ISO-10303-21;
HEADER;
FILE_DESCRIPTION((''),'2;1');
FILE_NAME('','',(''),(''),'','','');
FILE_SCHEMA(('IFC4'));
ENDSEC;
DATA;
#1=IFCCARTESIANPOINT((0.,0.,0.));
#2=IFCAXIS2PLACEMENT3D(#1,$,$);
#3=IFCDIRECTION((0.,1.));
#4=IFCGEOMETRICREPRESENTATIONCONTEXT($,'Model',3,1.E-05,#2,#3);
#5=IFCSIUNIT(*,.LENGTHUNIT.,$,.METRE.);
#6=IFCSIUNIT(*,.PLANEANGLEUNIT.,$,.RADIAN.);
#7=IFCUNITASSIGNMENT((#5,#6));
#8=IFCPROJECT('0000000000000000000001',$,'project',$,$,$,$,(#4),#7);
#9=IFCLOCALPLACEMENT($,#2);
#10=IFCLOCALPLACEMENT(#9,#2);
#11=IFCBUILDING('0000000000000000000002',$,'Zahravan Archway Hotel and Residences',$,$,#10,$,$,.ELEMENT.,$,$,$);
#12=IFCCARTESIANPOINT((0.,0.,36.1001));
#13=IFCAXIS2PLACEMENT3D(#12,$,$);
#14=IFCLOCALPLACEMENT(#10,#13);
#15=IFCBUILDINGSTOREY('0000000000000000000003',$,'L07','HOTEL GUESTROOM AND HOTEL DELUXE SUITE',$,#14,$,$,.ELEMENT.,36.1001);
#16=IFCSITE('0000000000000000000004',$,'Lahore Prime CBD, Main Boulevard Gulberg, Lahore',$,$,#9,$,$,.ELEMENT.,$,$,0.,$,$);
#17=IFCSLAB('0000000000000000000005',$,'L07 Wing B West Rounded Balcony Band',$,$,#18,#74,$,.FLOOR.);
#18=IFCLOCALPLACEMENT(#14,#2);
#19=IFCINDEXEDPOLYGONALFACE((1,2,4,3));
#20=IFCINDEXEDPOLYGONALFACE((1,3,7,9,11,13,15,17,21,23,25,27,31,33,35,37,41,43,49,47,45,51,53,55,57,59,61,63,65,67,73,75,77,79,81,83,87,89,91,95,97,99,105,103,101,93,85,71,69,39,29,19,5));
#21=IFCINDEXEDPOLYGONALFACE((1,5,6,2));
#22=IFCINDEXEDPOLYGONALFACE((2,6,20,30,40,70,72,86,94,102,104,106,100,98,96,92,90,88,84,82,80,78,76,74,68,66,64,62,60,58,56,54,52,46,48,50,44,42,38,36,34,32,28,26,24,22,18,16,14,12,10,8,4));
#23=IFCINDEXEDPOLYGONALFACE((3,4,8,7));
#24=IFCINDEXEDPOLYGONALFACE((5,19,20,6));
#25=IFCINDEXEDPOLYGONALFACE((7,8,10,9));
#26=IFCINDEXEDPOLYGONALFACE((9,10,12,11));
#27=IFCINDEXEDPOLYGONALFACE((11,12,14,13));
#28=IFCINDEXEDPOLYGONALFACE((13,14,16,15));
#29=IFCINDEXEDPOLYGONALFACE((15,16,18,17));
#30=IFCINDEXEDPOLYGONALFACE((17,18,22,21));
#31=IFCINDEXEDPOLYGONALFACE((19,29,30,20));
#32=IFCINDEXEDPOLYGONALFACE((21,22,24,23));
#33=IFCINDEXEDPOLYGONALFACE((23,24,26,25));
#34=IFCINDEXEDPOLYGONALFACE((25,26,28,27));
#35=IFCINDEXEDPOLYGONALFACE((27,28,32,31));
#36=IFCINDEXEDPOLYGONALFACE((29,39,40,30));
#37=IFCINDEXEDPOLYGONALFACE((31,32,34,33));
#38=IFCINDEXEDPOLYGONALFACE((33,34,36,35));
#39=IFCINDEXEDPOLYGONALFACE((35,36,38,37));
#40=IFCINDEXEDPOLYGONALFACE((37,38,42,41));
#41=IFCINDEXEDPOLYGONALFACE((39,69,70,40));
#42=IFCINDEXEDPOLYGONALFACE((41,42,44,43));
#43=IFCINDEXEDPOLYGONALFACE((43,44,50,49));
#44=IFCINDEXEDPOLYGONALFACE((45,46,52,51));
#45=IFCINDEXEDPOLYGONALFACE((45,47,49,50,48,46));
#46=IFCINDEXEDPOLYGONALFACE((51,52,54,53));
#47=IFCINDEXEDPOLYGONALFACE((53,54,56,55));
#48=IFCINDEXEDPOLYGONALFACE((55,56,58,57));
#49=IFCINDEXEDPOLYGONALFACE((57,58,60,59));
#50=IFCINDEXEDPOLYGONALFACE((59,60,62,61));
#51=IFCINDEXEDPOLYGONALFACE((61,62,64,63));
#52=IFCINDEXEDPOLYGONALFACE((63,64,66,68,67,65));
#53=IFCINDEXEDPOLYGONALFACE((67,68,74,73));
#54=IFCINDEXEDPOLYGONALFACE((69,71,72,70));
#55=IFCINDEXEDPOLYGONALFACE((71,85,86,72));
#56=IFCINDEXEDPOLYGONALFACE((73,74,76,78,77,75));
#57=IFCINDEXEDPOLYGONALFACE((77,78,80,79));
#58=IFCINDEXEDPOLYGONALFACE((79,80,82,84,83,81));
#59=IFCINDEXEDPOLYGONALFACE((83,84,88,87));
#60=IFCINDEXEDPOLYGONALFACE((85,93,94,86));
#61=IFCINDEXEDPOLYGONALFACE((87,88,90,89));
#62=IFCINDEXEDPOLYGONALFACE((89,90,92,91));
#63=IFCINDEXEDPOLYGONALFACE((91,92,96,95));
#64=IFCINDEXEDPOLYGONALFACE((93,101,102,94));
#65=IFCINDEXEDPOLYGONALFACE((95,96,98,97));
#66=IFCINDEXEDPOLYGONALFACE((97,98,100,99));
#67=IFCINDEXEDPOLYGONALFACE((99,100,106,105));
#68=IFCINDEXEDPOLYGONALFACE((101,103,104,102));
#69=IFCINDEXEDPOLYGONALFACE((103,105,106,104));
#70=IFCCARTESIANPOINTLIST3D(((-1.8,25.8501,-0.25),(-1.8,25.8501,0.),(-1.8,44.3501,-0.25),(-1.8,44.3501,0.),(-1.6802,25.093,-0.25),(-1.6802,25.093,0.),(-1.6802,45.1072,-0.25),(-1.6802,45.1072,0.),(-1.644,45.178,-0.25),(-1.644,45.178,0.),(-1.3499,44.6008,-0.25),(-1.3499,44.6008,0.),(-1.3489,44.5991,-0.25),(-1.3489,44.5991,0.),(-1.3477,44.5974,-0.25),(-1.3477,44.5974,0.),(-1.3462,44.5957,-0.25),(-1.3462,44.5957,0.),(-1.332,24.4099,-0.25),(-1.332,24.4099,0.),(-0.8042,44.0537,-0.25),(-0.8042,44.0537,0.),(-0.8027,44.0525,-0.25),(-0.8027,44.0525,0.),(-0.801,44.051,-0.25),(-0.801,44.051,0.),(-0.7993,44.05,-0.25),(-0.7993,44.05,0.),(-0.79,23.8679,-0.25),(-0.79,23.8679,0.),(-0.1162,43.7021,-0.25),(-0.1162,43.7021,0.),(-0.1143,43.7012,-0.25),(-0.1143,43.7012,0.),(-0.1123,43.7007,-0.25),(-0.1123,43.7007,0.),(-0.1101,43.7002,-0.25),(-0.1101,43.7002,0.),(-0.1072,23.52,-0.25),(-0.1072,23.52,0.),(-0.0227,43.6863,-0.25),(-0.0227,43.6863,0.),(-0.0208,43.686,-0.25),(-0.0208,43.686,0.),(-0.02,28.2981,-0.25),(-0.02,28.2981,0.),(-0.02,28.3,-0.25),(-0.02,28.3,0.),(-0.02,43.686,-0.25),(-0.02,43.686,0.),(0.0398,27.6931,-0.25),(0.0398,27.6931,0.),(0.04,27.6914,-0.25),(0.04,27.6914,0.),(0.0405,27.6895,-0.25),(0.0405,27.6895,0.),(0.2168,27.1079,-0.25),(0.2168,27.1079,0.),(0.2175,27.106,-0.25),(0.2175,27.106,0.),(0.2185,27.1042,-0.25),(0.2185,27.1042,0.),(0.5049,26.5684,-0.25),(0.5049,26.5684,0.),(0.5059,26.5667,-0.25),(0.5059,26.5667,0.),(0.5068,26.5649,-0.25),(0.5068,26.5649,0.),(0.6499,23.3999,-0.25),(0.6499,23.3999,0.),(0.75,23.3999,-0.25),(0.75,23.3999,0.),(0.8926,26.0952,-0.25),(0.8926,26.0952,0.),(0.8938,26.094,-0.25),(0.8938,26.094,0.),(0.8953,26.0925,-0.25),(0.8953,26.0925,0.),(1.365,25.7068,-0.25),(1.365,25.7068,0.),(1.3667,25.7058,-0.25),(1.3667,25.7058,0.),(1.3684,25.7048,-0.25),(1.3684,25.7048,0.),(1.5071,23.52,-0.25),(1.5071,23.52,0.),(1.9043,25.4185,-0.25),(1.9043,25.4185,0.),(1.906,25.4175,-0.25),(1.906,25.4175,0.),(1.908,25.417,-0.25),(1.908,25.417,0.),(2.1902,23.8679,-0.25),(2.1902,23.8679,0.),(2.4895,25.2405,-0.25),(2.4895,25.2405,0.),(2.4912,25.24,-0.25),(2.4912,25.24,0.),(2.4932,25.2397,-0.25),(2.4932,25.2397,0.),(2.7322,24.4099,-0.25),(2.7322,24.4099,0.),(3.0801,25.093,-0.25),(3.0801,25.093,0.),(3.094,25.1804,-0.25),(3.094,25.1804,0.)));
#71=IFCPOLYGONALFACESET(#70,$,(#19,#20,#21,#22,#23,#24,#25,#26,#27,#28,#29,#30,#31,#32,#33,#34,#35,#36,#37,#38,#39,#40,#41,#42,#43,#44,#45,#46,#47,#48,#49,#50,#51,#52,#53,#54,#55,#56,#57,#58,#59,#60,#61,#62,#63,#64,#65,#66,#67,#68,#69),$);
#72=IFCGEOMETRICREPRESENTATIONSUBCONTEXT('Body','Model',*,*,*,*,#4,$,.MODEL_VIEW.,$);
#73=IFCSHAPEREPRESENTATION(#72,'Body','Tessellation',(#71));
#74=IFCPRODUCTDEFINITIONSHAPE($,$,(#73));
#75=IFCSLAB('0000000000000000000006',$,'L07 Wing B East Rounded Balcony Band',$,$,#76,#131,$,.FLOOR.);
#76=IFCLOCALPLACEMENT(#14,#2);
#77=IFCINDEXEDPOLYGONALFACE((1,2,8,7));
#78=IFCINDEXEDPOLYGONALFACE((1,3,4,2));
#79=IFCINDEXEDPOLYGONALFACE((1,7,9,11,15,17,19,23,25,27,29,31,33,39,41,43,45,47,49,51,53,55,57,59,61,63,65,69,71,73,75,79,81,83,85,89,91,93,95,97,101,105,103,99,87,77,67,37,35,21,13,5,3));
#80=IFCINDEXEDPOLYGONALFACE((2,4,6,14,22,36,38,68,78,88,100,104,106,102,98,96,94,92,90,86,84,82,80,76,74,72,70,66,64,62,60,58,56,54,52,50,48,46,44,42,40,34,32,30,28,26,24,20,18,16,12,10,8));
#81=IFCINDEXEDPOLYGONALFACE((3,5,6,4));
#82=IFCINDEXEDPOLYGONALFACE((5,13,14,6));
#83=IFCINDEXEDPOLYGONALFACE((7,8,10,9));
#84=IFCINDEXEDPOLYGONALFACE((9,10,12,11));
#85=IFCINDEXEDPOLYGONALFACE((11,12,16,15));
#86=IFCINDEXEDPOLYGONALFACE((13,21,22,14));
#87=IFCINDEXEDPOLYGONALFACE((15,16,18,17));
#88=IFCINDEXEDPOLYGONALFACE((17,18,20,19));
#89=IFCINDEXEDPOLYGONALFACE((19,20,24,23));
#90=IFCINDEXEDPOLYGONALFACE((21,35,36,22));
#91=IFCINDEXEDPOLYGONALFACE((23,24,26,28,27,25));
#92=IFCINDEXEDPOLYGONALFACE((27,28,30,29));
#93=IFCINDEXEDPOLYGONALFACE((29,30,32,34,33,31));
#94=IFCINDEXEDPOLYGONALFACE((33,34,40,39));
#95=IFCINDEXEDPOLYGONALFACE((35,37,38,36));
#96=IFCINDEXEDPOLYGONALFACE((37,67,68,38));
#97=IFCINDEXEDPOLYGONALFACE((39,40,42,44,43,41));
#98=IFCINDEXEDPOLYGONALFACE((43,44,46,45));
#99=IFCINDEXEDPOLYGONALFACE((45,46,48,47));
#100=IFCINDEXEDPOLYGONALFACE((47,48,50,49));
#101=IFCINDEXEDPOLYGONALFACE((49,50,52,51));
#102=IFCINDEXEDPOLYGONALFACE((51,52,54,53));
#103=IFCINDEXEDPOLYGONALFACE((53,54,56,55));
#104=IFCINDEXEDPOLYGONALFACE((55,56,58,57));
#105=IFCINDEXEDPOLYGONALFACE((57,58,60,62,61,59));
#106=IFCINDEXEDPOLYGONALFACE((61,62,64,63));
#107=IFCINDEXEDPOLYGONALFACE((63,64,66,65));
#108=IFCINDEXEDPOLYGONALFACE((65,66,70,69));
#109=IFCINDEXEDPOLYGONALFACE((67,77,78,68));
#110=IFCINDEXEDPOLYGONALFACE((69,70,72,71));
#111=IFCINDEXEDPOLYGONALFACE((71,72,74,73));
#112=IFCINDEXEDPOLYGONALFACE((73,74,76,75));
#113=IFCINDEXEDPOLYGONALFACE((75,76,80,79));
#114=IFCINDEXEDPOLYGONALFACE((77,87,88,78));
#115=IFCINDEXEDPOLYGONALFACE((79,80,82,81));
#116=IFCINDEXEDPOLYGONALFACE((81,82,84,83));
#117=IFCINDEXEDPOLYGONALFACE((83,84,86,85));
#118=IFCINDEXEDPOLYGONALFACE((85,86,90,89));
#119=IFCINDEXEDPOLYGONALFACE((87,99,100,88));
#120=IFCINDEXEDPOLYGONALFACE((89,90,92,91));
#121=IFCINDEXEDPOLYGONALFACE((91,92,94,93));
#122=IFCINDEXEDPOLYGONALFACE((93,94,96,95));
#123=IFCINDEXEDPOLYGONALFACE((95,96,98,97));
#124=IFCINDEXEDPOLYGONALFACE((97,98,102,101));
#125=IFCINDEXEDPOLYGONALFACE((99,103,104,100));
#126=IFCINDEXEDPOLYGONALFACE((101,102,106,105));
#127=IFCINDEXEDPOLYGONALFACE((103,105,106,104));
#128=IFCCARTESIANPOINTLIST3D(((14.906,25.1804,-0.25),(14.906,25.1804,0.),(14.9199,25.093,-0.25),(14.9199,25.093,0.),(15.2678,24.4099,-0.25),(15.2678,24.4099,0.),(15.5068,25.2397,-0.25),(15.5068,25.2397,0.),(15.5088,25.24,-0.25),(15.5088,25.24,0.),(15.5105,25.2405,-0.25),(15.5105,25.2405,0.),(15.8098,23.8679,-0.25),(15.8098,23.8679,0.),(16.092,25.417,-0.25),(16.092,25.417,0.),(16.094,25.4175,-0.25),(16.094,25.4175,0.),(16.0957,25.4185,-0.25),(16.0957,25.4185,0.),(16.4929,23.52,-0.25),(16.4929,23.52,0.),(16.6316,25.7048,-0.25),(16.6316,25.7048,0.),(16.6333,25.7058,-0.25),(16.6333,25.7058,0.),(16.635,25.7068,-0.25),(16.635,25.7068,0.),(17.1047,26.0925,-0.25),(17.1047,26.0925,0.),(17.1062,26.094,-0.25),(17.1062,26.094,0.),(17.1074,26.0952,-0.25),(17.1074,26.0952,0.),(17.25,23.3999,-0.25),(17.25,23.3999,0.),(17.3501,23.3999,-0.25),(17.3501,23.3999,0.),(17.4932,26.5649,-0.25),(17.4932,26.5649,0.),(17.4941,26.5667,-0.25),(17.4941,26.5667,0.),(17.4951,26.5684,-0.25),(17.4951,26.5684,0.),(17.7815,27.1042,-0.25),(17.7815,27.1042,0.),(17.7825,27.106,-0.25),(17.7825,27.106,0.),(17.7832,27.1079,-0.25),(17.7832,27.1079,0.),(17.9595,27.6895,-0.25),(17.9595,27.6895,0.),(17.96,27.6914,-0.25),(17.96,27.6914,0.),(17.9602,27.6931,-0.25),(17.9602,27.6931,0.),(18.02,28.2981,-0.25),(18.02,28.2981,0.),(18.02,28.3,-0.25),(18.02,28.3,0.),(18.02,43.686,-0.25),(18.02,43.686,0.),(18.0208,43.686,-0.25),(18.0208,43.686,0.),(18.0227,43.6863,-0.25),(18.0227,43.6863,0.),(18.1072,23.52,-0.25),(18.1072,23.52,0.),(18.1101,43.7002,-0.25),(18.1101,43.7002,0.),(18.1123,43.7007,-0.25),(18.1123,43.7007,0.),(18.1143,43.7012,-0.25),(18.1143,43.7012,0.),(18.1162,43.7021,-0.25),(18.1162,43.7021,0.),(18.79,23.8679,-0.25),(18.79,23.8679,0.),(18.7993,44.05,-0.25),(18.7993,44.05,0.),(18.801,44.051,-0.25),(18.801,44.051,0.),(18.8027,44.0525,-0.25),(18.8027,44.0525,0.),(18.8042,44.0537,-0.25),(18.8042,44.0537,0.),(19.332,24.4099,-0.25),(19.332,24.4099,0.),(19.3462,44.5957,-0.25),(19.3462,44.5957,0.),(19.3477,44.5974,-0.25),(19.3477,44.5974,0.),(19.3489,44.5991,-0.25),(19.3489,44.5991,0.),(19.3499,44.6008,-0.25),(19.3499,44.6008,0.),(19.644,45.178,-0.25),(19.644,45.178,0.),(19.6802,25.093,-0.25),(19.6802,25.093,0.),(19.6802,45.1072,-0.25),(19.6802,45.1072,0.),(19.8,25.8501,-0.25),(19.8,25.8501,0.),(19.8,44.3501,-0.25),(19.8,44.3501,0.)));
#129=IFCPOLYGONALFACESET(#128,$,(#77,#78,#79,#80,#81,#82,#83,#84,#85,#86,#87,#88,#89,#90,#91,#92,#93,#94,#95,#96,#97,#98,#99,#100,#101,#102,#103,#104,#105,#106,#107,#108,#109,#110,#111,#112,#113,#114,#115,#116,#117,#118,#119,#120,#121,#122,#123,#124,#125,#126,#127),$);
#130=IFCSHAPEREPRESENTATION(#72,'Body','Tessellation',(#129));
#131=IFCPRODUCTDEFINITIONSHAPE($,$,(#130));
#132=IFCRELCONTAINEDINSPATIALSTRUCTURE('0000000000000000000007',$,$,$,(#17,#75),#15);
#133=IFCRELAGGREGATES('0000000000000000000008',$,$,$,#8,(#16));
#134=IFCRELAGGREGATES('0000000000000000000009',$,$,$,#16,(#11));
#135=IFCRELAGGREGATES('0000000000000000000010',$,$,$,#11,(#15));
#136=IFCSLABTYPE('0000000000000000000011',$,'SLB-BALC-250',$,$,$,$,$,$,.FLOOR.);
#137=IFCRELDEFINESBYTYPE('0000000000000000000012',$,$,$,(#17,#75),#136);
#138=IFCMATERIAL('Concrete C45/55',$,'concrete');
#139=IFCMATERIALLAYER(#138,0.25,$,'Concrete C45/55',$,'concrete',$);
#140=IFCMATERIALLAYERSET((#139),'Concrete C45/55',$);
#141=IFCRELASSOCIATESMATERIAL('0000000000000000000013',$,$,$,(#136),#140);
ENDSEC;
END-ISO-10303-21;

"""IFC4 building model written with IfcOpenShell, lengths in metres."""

from ifc_helpers import new_model, si_unit, direction, frame, origin, place, context, subcontext, project, spatial, polyline, outline, extrude, material, layer, layer_set, type_object, element, save


model = new_model("IFC4")

# Units and contexts
model_context = context("Model", 3, precision=1e-05, world=origin(), true_north=direction((0.0, 1.0)))
body_context = subcontext(model_context, "Body", "Model", "MODEL_VIEW")
ifc_project = project(units=[si_unit("LENGTHUNIT", "METRE"), si_unit("PLANEANGLEUNIT", "RADIAN")], contexts=[model_context])

# Site, building, storey
site_placement = place(None, origin())
site = spatial("IfcSite", under=ifc_project, at=site_placement, Name="Lahore Prime CBD, Main Boulevard Gulberg, Lahore", CompositionType="ELEMENT", RefElevation=0.0)
building_placement = place(site_placement, origin())
building = spatial("IfcBuilding", under=site, at=building_placement, Name="Zahravan Archway Hotel and Residences", CompositionType="ELEMENT")
storey_placement = place(building_placement, frame((0.0, 0.0, 36.1001)))
storey = spatial("IfcBuildingStorey", under=building, at=storey_placement, Name="L07", Description="HOTEL GUESTROOM AND HOTEL DELUXE SUITE", CompositionType="ELEMENT", Elevation=36.1001)

# Slabs
ifc_material_1 = material(Name="Concrete C45/55", Category="concrete")
ifc_layer_1 = layer(ifc_material_1, 0.25, Name="Concrete C45/55", Category="concrete")
ifc_layer_set_1 = layer_set([ifc_layer_1], Name="Concrete C45/55")
slab_type_1 = type_object("IfcSlabType", Name="SLB-BALC-250", PredefinedType="FLOOR", material=ifc_layer_set_1)
slab_1_placement = place(storey_placement, frame((0.0, 0.0, -0.25)))
element("IfcSlab", 1, at=slab_1_placement, inside=storey, type_object=slab_type_1, Name="L07 Wing B West Rounded Balcony Band", PredefinedType="FLOOR", context=body_context, shape_type="SweptSolid", body=[
    extrude(outline(polyline([(3.0801, 25.093), (2.7322, 24.4099), (2.1902, 23.8679), (1.5071, 23.52), (0.75, 23.3999), (0.6499, 23.3999), (-0.1072, 23.52), (-0.79, 23.8679), (-1.332, 24.4099), (-1.6802, 25.093), (-1.8, 25.8501), (-1.8, 44.3501), (-1.6802, 45.1072), (-1.644, 45.178), (-1.3499, 44.6008), (-1.3489, 44.5991), (-1.3477, 44.5974), (-1.3462, 44.5957), (-0.8042, 44.0537), (-0.8027, 44.0525), (-0.801, 44.051), (-0.7993, 44.05), (-0.1162, 43.7021), (-0.1143, 43.7012), (-0.1123, 43.7007), (-0.1101, 43.7002), (-0.0227, 43.6863), (-0.0208, 43.686), (-0.02, 43.686), (-0.02, 28.3), (-0.02, 28.2981), (0.0398, 27.6931), (0.04, 27.6914), (0.0405, 27.6895), (0.2168, 27.1079), (0.2175, 27.106), (0.2185, 27.1042), (0.5049, 26.5684), (0.5059, 26.5667), (0.5068, 26.5649), (0.8926, 26.0952), (0.8938, 26.094), (0.8953, 26.0925), (1.365, 25.7068), (1.3667, 25.7058), (1.3684, 25.7048), (1.9043, 25.4185), (1.906, 25.4175), (1.908, 25.417), (2.4895, 25.2405), (2.4912, 25.24), (2.4932, 25.2397), (3.094, 25.1804), (3.0801, 25.093)])), origin(), (0.0, 0.0, 1.0), 0.25),
])
slab_2_placement = place(storey_placement, frame((0.0, 0.0, -0.25)))
element("IfcSlab", 2, at=slab_2_placement, inside=storey, type_object=slab_type_1, Name="L07 Wing B East Rounded Balcony Band", PredefinedType="FLOOR", context=body_context, shape_type="SweptSolid", body=[
    extrude(outline(polyline([(19.6802, 45.1072), (19.8, 44.3501), (19.8, 25.8501), (19.6802, 25.093), (19.332, 24.4099), (18.79, 23.8679), (18.1072, 23.52), (17.3501, 23.3999), (17.25, 23.3999), (16.4929, 23.52), (15.8098, 23.8679), (15.2678, 24.4099), (14.9199, 25.093), (14.906, 25.1804), (15.5068, 25.2397), (15.5088, 25.24), (15.5105, 25.2405), (16.092, 25.417), (16.094, 25.4175), (16.0957, 25.4185), (16.6316, 25.7048), (16.6333, 25.7058), (16.635, 25.7068), (17.1047, 26.0925), (17.1062, 26.094), (17.1074, 26.0952), (17.4932, 26.5649), (17.4941, 26.5667), (17.4951, 26.5684), (17.7815, 27.1042), (17.7825, 27.106), (17.7832, 27.1079), (17.9595, 27.6895), (17.96, 27.6914), (17.9602, 27.6931), (18.02, 28.2981), (18.02, 28.3), (18.02, 43.686), (18.0208, 43.686), (18.0227, 43.6863), (18.1101, 43.7002), (18.1123, 43.7007), (18.1143, 43.7012), (18.1162, 43.7021), (18.7993, 44.05), (18.801, 44.051), (18.8027, 44.0525), (18.8042, 44.0537), (19.3462, 44.5957), (19.3477, 44.5974), (19.3489, 44.5991), (19.3499, 44.6008), (19.644, 45.178), (19.6802, 45.1072)])), origin(), (0.0, 0.0, 1.0), 0.25),
])

save(model, "model.ifc")
